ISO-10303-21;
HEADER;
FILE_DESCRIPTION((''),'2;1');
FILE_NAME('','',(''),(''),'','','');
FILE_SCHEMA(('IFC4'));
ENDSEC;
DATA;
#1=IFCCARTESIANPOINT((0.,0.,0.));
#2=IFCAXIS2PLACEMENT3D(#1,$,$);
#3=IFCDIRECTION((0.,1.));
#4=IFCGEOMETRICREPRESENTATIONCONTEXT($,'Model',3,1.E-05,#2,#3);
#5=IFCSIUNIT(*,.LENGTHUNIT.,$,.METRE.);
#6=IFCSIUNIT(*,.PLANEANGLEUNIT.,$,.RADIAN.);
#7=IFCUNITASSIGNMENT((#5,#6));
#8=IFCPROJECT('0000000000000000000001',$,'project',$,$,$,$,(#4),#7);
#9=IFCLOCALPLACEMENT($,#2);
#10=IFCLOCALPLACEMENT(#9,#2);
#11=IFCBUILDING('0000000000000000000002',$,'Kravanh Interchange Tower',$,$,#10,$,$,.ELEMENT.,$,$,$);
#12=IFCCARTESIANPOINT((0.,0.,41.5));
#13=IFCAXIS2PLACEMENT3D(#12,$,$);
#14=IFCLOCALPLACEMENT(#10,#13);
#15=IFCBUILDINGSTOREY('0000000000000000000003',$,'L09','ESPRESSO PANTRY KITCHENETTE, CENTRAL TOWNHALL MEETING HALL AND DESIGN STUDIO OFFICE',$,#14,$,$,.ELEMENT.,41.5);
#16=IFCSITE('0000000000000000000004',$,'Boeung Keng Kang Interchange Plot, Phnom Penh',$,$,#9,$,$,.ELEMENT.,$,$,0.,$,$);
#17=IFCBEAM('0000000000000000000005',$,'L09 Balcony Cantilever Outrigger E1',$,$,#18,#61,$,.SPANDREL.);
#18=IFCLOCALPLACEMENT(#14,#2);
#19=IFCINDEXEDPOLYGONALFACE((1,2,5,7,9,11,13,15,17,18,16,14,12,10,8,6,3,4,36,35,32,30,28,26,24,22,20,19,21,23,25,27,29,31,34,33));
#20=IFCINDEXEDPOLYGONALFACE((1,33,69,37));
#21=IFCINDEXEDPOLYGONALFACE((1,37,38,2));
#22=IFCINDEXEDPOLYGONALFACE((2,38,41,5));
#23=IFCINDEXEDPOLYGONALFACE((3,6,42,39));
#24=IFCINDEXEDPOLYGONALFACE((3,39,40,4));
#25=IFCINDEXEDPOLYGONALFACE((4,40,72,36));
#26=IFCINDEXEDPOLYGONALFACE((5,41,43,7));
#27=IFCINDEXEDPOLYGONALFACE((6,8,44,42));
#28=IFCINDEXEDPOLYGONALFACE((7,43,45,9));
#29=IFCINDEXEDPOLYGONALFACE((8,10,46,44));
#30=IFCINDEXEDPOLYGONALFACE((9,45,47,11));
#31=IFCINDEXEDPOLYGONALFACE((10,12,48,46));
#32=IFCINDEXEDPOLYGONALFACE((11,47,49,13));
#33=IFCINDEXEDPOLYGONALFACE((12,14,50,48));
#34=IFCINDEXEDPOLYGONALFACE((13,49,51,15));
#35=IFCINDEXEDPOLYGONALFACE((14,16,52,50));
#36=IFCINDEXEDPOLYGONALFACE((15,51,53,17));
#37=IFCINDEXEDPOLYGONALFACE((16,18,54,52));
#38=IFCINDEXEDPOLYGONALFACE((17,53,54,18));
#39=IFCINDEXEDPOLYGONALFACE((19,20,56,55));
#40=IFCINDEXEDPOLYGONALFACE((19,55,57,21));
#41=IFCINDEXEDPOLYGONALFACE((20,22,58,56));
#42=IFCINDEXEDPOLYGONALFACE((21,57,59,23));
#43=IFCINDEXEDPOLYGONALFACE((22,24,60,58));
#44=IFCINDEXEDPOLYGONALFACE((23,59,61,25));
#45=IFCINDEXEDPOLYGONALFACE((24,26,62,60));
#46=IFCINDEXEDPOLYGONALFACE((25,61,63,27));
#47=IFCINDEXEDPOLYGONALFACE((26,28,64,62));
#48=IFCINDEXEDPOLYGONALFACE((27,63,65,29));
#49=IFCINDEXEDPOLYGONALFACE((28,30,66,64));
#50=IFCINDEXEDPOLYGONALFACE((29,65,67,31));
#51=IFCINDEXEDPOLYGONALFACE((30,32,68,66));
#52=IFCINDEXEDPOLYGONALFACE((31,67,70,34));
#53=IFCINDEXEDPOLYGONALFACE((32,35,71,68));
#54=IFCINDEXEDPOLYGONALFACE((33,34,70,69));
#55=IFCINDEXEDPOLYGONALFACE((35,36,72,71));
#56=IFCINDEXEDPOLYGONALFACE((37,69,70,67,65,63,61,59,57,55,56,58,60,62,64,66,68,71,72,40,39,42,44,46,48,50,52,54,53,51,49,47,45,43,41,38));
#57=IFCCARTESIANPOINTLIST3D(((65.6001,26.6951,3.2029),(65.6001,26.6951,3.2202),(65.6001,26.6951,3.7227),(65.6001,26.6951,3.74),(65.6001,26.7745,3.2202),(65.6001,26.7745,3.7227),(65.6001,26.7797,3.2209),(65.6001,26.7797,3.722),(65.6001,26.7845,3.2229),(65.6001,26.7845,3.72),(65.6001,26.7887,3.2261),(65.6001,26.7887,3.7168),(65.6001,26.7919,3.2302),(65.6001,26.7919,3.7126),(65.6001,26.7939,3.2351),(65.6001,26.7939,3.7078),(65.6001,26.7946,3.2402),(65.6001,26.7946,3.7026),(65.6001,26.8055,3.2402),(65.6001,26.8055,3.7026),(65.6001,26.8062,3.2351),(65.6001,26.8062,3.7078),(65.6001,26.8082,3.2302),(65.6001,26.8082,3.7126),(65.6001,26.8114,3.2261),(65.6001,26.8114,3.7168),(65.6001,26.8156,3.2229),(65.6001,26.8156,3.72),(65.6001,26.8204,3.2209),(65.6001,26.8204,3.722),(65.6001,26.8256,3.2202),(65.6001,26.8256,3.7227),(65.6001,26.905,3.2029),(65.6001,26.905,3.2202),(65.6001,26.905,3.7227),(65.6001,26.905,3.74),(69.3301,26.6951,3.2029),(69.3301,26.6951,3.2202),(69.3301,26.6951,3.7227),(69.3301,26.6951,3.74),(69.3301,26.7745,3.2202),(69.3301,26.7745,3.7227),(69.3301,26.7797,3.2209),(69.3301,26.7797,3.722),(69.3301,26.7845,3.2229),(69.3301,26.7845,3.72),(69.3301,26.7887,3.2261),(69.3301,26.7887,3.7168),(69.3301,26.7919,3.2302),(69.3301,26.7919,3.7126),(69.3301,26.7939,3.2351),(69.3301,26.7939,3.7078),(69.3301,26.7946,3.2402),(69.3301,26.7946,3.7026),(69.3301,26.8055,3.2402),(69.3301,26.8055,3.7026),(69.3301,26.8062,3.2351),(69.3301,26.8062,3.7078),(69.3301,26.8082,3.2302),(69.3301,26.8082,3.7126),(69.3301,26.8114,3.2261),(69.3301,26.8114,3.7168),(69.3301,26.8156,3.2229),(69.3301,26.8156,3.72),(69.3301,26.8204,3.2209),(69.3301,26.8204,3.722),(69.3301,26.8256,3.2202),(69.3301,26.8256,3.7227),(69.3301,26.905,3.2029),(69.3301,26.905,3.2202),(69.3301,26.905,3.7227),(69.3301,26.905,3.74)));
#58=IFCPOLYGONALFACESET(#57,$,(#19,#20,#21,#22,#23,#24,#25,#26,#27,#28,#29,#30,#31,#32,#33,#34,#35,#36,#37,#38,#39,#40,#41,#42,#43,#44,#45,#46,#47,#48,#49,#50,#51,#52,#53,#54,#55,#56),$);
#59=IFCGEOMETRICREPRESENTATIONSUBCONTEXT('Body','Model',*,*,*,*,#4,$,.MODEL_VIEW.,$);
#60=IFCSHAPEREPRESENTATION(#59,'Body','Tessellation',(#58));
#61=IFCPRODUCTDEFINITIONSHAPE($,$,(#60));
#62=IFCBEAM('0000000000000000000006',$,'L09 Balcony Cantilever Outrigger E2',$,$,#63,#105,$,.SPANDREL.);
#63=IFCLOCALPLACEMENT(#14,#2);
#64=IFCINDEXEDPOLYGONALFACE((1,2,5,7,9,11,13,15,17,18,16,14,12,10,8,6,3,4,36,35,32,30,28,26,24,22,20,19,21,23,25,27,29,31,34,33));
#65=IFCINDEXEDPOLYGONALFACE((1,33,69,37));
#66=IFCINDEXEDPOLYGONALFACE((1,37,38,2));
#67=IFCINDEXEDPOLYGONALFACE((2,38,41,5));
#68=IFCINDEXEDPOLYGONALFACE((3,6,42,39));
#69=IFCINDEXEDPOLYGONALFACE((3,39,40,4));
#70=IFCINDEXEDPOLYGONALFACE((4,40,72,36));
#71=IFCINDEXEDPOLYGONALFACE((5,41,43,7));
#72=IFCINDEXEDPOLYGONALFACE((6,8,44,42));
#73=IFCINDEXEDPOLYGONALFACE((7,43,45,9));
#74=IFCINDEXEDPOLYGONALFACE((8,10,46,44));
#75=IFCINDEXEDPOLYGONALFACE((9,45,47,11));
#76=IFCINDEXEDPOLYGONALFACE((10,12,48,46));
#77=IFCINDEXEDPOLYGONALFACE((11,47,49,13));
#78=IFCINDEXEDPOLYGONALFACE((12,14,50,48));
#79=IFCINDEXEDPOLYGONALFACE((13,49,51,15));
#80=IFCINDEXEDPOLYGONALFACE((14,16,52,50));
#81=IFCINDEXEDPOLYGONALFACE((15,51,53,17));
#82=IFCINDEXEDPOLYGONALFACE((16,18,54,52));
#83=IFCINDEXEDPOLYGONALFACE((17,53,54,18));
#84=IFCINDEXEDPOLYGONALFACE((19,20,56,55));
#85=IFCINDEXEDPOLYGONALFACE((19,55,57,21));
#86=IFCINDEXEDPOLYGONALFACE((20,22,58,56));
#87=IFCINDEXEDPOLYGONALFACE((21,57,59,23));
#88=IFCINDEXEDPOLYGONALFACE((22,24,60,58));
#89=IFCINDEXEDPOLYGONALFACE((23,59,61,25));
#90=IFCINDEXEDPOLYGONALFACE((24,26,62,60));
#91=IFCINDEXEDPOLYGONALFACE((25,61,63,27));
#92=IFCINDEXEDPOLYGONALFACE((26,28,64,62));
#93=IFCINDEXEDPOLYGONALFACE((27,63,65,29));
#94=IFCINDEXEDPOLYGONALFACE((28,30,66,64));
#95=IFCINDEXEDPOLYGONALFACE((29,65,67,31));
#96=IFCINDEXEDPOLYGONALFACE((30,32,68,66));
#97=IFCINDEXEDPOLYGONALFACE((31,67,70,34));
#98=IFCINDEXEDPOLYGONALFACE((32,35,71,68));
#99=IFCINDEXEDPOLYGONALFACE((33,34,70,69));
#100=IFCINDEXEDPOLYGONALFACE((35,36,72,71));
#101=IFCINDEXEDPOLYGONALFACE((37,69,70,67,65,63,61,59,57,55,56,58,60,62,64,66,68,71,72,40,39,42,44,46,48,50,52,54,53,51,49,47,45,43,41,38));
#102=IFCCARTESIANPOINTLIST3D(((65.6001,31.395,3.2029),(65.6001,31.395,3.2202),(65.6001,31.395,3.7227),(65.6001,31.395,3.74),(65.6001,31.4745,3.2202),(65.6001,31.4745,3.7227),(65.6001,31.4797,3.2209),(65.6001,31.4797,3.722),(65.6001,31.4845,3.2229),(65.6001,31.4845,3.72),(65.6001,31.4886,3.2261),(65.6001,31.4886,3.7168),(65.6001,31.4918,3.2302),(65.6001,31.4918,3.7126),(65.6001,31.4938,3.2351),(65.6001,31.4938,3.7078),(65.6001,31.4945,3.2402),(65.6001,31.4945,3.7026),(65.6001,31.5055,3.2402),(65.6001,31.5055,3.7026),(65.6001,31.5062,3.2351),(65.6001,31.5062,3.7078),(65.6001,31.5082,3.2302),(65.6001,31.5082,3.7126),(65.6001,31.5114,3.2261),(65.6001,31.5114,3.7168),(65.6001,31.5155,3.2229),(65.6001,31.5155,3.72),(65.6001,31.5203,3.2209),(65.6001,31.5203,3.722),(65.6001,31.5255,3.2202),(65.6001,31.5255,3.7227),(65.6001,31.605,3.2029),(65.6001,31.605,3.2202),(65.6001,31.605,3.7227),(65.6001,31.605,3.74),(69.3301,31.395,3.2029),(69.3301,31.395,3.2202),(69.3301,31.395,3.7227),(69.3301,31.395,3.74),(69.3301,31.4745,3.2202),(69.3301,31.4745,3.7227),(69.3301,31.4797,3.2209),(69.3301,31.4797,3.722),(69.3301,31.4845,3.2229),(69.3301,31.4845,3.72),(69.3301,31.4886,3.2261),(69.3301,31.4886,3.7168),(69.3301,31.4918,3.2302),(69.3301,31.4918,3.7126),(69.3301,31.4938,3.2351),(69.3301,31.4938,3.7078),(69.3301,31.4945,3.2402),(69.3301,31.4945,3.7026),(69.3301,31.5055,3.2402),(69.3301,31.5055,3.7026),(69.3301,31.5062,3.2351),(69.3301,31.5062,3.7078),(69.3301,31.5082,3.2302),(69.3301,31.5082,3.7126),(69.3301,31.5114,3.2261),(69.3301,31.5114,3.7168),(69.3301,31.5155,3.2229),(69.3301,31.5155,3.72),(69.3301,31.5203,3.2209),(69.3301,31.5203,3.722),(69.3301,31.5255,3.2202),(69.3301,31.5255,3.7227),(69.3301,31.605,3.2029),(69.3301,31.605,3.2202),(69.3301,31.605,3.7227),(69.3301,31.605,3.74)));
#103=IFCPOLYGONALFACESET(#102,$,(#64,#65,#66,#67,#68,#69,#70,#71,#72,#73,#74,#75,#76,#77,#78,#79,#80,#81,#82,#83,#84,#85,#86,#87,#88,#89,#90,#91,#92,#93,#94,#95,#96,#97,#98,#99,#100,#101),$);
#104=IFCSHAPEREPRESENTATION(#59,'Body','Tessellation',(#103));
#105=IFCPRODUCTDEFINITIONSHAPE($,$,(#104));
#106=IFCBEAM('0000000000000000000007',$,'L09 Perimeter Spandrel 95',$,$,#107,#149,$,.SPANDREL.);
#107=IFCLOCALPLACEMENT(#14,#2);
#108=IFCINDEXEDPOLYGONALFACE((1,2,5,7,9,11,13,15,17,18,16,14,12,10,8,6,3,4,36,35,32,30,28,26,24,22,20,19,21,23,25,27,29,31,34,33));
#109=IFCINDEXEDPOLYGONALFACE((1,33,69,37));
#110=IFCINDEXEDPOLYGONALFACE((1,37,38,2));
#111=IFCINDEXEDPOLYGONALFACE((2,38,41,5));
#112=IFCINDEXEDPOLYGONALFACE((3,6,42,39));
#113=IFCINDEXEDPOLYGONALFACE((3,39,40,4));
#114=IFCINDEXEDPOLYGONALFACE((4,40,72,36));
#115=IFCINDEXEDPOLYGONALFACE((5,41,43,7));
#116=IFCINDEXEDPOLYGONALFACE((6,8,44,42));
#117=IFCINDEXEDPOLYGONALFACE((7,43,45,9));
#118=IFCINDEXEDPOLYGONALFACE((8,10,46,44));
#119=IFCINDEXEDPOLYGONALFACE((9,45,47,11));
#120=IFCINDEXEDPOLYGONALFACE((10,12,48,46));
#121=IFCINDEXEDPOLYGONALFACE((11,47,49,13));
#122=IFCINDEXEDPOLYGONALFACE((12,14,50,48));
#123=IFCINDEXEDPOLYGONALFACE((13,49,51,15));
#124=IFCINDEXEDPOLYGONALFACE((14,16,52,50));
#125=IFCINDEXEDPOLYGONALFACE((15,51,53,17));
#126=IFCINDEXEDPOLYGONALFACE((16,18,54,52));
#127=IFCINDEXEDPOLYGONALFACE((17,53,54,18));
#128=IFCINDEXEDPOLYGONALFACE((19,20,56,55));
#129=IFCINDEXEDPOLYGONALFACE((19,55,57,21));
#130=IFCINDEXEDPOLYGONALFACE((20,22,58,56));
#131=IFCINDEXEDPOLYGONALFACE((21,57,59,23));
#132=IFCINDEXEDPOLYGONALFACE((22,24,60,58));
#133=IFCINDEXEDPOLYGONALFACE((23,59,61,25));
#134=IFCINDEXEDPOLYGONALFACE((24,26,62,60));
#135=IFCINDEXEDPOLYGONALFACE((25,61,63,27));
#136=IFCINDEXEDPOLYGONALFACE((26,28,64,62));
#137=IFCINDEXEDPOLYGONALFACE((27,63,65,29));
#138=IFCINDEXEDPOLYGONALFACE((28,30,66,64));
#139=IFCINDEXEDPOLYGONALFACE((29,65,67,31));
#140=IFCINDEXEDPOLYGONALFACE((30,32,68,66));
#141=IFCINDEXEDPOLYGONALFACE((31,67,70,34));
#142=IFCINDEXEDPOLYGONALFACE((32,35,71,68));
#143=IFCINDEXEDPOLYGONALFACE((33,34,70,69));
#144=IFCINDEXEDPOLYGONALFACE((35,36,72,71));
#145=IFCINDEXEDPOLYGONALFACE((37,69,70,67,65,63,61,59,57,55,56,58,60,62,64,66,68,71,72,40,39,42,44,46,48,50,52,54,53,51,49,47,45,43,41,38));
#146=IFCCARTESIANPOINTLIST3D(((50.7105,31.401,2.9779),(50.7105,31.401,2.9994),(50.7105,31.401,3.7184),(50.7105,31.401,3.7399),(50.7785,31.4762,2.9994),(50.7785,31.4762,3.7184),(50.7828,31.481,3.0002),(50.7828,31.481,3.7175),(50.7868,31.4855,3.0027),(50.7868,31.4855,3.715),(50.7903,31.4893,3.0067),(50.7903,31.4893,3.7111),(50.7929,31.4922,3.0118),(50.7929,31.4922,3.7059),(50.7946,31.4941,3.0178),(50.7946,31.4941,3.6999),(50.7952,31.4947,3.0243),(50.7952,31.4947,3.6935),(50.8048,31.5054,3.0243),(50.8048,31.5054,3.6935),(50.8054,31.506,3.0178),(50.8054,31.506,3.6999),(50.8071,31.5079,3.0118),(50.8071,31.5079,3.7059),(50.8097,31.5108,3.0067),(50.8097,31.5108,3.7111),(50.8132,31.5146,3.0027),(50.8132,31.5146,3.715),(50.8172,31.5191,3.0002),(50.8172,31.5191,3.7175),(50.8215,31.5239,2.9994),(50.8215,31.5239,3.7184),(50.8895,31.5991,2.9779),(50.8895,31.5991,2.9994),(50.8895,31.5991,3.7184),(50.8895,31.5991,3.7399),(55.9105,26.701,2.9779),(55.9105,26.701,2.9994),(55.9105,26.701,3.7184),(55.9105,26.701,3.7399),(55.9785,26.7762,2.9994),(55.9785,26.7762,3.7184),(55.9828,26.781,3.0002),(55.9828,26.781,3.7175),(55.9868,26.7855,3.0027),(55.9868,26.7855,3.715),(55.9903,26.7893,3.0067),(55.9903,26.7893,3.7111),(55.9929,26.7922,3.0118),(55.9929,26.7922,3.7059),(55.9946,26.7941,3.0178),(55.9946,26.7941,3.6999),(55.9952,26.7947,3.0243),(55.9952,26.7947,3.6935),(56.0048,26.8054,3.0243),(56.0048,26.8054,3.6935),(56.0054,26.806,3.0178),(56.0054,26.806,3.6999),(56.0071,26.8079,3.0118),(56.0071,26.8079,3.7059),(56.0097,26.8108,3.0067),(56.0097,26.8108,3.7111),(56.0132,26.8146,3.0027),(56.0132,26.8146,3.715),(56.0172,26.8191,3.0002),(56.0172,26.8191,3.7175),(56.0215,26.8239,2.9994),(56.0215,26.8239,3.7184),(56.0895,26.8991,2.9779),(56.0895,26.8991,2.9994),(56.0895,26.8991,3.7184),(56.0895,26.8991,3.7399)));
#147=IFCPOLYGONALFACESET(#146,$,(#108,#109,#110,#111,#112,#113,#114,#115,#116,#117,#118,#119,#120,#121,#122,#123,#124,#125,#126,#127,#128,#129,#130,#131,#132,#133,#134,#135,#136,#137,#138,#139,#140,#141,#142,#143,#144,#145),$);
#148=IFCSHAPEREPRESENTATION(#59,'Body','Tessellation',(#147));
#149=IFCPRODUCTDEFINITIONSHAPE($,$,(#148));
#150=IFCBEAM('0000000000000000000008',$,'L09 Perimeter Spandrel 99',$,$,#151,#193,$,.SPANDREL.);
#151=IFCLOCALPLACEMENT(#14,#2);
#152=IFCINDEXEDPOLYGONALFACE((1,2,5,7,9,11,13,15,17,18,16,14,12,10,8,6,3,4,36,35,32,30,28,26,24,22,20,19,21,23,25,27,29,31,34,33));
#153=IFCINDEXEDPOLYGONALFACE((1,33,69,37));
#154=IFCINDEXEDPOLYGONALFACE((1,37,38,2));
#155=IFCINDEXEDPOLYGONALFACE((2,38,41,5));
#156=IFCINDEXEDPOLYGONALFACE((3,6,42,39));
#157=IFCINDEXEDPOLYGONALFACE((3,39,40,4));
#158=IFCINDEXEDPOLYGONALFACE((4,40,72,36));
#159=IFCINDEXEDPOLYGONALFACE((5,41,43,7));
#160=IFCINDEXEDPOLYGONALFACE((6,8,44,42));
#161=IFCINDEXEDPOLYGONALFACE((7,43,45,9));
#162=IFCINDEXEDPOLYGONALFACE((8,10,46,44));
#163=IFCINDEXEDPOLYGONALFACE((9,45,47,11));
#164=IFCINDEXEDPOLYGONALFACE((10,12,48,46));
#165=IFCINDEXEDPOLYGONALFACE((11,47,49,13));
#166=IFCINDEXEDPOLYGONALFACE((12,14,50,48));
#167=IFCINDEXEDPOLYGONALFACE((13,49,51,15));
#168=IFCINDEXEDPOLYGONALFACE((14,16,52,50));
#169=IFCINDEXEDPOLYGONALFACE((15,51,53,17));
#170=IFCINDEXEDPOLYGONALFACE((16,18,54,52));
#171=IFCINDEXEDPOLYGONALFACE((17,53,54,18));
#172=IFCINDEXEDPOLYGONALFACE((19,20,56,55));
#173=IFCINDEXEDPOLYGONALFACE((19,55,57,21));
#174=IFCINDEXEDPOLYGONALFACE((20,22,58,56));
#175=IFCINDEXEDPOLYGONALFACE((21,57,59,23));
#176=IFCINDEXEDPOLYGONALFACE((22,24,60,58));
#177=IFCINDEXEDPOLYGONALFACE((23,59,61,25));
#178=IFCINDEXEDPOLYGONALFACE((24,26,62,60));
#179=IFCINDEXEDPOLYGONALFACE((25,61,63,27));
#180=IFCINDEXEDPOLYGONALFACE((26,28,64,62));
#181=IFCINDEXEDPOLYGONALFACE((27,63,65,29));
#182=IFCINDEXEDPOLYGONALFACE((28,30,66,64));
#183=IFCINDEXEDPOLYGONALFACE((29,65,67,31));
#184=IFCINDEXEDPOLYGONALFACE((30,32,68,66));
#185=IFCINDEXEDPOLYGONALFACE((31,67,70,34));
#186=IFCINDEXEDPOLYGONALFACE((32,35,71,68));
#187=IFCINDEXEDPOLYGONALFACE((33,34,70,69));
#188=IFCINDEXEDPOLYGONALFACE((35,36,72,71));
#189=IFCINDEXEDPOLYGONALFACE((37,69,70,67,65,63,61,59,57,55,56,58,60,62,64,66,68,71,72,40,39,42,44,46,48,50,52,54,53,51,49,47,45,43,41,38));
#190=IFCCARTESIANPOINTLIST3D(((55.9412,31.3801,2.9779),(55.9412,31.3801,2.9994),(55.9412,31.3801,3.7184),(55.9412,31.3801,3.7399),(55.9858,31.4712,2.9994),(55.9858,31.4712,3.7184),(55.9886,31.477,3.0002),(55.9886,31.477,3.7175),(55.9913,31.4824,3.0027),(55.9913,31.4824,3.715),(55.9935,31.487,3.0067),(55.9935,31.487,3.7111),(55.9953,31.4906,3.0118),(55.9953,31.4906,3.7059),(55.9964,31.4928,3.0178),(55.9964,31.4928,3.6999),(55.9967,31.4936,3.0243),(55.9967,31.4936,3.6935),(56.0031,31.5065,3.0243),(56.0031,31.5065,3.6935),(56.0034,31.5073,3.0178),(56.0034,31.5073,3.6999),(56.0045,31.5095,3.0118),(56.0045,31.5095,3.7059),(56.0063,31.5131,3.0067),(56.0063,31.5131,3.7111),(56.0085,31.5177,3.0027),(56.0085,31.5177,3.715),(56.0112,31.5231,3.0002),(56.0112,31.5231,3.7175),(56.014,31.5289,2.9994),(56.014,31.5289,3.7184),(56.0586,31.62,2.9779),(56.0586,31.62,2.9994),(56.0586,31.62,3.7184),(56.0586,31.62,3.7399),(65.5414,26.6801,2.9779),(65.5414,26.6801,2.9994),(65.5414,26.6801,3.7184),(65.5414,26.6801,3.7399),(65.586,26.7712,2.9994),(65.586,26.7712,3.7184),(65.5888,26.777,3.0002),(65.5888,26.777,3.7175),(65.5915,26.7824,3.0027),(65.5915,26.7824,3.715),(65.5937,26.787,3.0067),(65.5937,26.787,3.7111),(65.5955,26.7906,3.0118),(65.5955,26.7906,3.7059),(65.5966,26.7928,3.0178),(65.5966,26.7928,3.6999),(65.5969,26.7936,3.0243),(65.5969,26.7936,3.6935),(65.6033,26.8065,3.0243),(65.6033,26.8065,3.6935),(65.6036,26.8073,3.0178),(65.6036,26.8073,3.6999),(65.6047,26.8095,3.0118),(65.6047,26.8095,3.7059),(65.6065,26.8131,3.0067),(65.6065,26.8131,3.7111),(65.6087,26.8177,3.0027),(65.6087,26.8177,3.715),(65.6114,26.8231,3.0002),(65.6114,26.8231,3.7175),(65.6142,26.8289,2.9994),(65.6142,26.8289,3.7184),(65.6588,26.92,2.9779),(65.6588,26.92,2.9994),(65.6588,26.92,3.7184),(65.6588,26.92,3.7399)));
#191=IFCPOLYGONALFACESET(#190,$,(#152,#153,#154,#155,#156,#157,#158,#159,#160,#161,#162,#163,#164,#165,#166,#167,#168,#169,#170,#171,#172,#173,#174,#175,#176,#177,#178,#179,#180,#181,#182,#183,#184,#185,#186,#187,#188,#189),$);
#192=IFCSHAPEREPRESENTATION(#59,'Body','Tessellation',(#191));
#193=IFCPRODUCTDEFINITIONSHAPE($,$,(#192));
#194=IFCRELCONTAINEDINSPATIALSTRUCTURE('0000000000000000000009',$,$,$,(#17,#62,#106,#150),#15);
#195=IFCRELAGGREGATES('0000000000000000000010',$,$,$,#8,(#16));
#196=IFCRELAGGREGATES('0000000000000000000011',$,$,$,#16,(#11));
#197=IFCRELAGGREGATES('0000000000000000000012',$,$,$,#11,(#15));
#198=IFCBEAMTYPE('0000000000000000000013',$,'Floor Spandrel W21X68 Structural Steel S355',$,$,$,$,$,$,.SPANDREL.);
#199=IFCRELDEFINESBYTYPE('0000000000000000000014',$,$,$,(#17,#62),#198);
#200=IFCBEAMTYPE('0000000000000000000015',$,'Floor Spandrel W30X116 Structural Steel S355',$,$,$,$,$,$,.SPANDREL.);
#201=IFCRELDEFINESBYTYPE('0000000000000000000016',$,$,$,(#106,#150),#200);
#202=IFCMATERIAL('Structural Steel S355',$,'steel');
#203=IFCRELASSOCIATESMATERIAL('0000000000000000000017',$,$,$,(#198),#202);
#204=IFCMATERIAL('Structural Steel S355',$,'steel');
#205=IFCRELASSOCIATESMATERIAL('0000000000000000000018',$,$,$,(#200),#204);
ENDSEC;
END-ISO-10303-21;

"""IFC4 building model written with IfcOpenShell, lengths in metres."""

from ifc_helpers import new_model, si_unit, direction, frame, origin, origin_2d, place, context, subcontext, project, spatial, i_section, extrude, material, material_profile, profile_set, type_object, element, save


model = new_model("IFC4")

# Units and contexts
model_context = context("Model", 3, precision=1e-05, world=origin(), true_north=direction((0.0, 1.0)))
body_context = subcontext(model_context, "Body", "Model", "MODEL_VIEW")
ifc_project = project(units=[si_unit("LENGTHUNIT", "METRE"), si_unit("PLANEANGLEUNIT", "RADIAN")], contexts=[model_context])

# Site, building, storey
site_placement = place(None, origin())
site = spatial("IfcSite", under=ifc_project, at=site_placement, Name="Boeung Keng Kang Interchange Plot, Phnom Penh", CompositionType="ELEMENT", RefElevation=0.0)
building_placement = place(site_placement, origin())
building = spatial("IfcBuilding", under=site, at=building_placement, Name="Kravanh Interchange Tower", CompositionType="ELEMENT")
storey_placement = place(building_placement, frame((0.0, 0.0, 41.5)))
storey = spatial("IfcBuildingStorey", under=building, at=storey_placement, Name="L09", Description="ESPRESSO PANTRY KITCHENETTE, CENTRAL TOWNHALL MEETING HALL AND DESIGN STUDIO OFFICE", CompositionType="ELEMENT", Elevation=41.5)

# Beams
ifc_material_1 = material(Name="Structural Steel S355", Category="steel")
ifc_material_profile_1 = material_profile(ifc_material_1, i_section(OverallWidth=0.21, OverallDepth=0.5371, WebThickness=0.011, FlangeThickness=0.0173, FilletRadius=0.02, at=origin_2d()), Name="W21X68")
ifc_profile_set_1 = profile_set([ifc_material_profile_1], Name="Structural Steel S355")
beam_type_1 = type_object("IfcBeamType", Name="Floor Spandrel W21X68 Structural Steel S355", PredefinedType="SPANDREL", material=ifc_profile_set_1)
for number, where, z_axis, x_axis, name in (
    (1, (65.6001, 26.8, 3.4714), (1.0, 0.0, 0.0), (0.0, 1.0, 0.0), "L09 Balcony Cantilever Outrigger E1"),
    (2, (65.6001, 31.5, 3.4714), (1.0, 0.0, 0.0), (0.0, 1.0, 0.0), "L09 Balcony Cantilever Outrigger E2"),
):
    element("IfcBeam", number, at=place(storey_placement, frame(where, z_axis=z_axis, x_axis=x_axis)), inside=storey, type_object=beam_type_1, Name=name, PredefinedType="SPANDREL", context=body_context, shape_type="SweptSolid", body=[
        extrude(i_section(OverallWidth=0.21, OverallDepth=0.5371, WebThickness=0.011, FlangeThickness=0.0173, FilletRadius=0.02, at=origin_2d()), origin(), (0.0, 0.0, 1.0), 3.73),
    ])
ifc_material_2 = material(Name="Structural Steel S355", Category="steel")
ifc_material_profile_2 = material_profile(ifc_material_2, i_section(OverallWidth=0.2671, OverallDepth=0.762, WebThickness=0.0144, FlangeThickness=0.0215, FilletRadius=0.0249, at=origin_2d()), Name="W30X116")
ifc_profile_set_2 = profile_set([ifc_material_profile_2], Name="Structural Steel S355")
beam_type_2 = type_object("IfcBeamType", Name="Floor Spandrel W30X116 Structural Steel S355", PredefinedType="SPANDREL", material=ifc_profile_set_2)
beam_1_placement = place(storey_placement, frame((56.0, 26.8, 3.3589), z_axis=(-0.741874, 0.670539, 0.0), x_axis=(-0.670539, -0.741874, 0.0)))
element("IfcBeam", 3, at=beam_1_placement, inside=storey, type_object=beam_type_2, Name="L09 Perimeter Spandrel 95", PredefinedType="SPANDREL", context=body_context, shape_type="SweptSolid", body=[
    extrude(i_section(OverallWidth=0.2671, OverallDepth=0.762, WebThickness=0.0144, FlangeThickness=0.0215, FilletRadius=0.0249, at=origin_2d()), origin(), (0.0, 0.0, 1.0), 7.0093),
])
beam_2_placement = place(storey_placement, frame((65.6001, 26.8, 3.3589), z_axis=(-0.898142, 0.439706, 0.0), x_axis=(-0.439706, -0.898142, 0.0)))
element("IfcBeam", 4, at=beam_2_placement, inside=storey, type_object=beam_type_2, Name="L09 Perimeter Spandrel 99", PredefinedType="SPANDREL", context=body_context, shape_type="SweptSolid", body=[
    extrude(i_section(OverallWidth=0.2671, OverallDepth=0.762, WebThickness=0.0144, FlangeThickness=0.0215, FilletRadius=0.0249, at=origin_2d()), origin(), (0.0, 0.0, 1.0), 10.689),
])

save(model, "model.ifc")
